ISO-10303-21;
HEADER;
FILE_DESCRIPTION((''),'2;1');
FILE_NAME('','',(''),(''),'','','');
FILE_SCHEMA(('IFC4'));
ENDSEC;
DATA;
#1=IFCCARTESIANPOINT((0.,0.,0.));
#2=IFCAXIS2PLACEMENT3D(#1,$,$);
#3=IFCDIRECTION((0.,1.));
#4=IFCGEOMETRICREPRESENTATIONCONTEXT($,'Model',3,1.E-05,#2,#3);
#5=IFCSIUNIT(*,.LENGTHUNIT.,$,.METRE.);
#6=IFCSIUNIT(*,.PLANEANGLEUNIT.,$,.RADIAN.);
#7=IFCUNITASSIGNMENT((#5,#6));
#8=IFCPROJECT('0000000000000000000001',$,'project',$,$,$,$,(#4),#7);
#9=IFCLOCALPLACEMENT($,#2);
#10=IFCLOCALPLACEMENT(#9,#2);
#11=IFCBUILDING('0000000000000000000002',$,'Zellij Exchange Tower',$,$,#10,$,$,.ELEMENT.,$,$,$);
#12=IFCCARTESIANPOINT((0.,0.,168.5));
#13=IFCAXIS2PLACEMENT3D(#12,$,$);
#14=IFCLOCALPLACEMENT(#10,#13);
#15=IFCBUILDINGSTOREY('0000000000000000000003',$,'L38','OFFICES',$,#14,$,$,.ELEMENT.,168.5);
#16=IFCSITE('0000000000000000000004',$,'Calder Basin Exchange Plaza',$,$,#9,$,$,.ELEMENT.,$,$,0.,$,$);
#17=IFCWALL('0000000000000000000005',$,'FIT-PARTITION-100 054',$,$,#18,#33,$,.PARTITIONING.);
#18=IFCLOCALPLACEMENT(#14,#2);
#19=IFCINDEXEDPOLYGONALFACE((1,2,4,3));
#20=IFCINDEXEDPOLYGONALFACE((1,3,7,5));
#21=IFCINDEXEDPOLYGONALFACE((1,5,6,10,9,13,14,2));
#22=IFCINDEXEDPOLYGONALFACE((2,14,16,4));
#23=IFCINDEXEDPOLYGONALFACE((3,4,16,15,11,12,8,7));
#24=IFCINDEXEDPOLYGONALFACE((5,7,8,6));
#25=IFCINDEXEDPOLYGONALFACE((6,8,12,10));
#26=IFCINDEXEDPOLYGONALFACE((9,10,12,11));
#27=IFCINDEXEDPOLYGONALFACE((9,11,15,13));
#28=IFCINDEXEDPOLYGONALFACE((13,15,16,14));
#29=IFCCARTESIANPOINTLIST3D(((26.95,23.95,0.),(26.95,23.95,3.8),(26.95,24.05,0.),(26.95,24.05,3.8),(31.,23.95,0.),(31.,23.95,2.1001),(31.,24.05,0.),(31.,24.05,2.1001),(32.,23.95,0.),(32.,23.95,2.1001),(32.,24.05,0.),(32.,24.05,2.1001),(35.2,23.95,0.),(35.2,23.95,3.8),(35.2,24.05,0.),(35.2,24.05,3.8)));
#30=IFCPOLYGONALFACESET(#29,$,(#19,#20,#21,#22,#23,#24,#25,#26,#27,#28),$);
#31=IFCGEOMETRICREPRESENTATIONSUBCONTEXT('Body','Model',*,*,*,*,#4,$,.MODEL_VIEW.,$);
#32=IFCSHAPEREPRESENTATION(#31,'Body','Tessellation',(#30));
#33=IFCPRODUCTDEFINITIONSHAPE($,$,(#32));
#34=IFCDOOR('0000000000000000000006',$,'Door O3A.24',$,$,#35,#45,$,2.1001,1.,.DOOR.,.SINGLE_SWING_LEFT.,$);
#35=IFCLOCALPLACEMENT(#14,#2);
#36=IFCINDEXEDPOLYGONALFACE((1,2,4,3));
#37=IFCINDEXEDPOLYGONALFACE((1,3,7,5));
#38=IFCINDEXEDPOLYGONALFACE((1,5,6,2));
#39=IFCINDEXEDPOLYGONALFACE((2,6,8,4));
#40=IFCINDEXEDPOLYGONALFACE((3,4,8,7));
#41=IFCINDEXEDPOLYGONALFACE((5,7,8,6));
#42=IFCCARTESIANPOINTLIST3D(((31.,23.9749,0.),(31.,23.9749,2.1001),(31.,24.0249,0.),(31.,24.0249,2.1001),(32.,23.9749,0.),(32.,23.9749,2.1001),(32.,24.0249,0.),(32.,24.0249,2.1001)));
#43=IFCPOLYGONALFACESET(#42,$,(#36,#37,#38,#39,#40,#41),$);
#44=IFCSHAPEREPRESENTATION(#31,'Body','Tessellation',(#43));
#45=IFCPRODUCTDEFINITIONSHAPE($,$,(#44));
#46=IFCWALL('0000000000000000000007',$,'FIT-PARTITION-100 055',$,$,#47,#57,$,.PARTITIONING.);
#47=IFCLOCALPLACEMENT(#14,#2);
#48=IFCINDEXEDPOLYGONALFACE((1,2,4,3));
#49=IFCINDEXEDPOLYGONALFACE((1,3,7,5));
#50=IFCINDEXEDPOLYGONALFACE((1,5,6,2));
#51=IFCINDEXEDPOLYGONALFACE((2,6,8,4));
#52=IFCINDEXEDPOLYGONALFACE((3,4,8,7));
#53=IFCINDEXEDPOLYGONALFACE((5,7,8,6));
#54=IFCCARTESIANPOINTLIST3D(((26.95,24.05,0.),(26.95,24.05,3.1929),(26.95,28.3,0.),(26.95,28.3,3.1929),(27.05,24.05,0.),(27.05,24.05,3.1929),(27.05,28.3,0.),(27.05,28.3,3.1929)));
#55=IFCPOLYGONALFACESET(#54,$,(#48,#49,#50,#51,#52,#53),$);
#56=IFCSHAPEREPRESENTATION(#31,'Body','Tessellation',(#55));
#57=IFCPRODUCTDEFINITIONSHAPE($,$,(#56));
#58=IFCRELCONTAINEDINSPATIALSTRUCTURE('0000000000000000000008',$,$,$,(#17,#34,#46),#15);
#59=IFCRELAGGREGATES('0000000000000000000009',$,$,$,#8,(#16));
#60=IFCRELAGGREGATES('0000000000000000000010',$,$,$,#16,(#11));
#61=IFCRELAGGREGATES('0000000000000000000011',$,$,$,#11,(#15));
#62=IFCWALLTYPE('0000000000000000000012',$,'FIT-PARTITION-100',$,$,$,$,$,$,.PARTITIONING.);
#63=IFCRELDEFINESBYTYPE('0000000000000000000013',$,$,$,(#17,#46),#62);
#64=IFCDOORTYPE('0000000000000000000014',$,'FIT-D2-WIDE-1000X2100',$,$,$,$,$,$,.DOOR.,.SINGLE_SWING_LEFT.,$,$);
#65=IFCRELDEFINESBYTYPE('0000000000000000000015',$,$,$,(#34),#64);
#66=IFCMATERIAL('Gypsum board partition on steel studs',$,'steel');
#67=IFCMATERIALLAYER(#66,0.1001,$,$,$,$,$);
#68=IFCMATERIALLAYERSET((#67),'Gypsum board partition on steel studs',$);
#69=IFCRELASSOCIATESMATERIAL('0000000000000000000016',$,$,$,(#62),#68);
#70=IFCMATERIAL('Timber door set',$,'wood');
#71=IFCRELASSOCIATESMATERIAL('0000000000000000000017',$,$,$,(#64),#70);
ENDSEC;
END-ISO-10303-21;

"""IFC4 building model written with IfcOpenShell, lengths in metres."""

from ifc_helpers import new_model, si_unit, direction, frame, frame_2d, origin, place, context, subcontext, project, spatial, rectangle, extrude, material, layer, layer_set, type_object, element, fill, save


model = new_model("IFC4")

# Units and contexts
model_context = context("Model", 3, precision=1e-05, world=origin(), true_north=direction((0.0, 1.0)))
body_context = subcontext(model_context, "Body", "Model", "MODEL_VIEW")
ifc_project = project(units=[si_unit("LENGTHUNIT", "METRE"), si_unit("PLANEANGLEUNIT", "RADIAN")], contexts=[model_context])

# Site, building, storey
site_placement = place(None, origin())
site = spatial("IfcSite", under=ifc_project, at=site_placement, Name="Calder Basin Exchange Plaza", CompositionType="ELEMENT", RefElevation=0.0)
building_placement = place(site_placement, origin())
building = spatial("IfcBuilding", under=site, at=building_placement, Name="Zellij Exchange Tower", CompositionType="ELEMENT")
storey_placement = place(building_placement, frame((0.0, 0.0, 168.5)))
storey = spatial("IfcBuildingStorey", under=building, at=storey_placement, Name="L38", Description="OFFICES", CompositionType="ELEMENT", Elevation=168.5)

# Shared definitions
ifc_material_1 = material(Name="Gypsum board partition on steel studs", Category="steel")
ifc_layer = layer(ifc_material_1, 0.1001)
ifc_layer_set = layer_set([ifc_layer], Name="Gypsum board partition on steel studs")
wall_type = type_object("IfcWallType", Name="FIT-PARTITION-100", PredefinedType="PARTITIONING", material=ifc_layer_set)

# Wall, opening, door
wall_1_placement = place(storey_placement, frame((26.95, 24.0, 0.0), z_axis=(0.0, 0.0, 1.0), x_axis=(1.0, 0.0, 0.0)))
wall_1 = element("IfcWall", 1, at=wall_1_placement, inside=storey, type_object=wall_type, Name="FIT-PARTITION-100 054", PredefinedType="PARTITIONING", context=body_context, shape_type="SweptSolid", body=[
    extrude(rectangle(XDim=8.25, YDim=0.1001, at=frame_2d((4.125, 0.0))), origin(), (0.0, 0.0, 1.0), 3.8),
])
opening_placement = place(wall_1_placement, frame((4.05, 0.0, 0.0)))
opening = element("IfcOpeningElement", 2, at=opening_placement, cuts=wall_1, PredefinedType="OPENING", context=body_context, shape_type="SweptSolid", body=[
    extrude(rectangle(XDim=1.0, YDim=2.1001, at=frame_2d((0.5, 1.05))), frame((0.0, 0.062, 0.0), z_axis=(0.0, -1.0, 0.0), x_axis=(1.0, 0.0, 0.0)), (0.0, 0.0, 1.0), 0.124),
])
ifc_material_2 = material(Name="Timber door set", Category="wood")
door_type = type_object("IfcDoorType", Name="FIT-D2-WIDE-1000X2100", OperationType="SINGLE_SWING_LEFT", PredefinedType="DOOR", material=ifc_material_2)
door_placement = place(opening_placement, origin())
door = element("IfcDoor", 3, at=door_placement, inside=storey, type_object=door_type, Name="Door O3A.24", OperationType="SINGLE_SWING_LEFT", OverallHeight=2.1001, OverallWidth=1.0, PredefinedType="DOOR", context=body_context, shape_type="SweptSolid", body=[
    extrude(rectangle(XDim=1.0, YDim=2.1001, at=frame_2d((0.5, 1.05))), frame((0.0, 0.0249, 0.0), z_axis=(0.0, -1.0, 0.0), x_axis=(1.0, 0.0, 0.0)), (0.0, 0.0, 1.0), 0.05),
])
fill(opening, door)

# Wall
wall_2_placement = place(storey_placement, frame((27.0, 24.05, 0.0), z_axis=(0.0, 0.0, 1.0), x_axis=(0.0, 1.0, 0.0)))
element("IfcWall", 4, at=wall_2_placement, inside=storey, type_object=wall_type, Name="FIT-PARTITION-100 055", PredefinedType="PARTITIONING", context=body_context, shape_type="SweptSolid", body=[
    extrude(rectangle(XDim=4.25, YDim=0.1001, at=frame_2d((2.125, 0.0))), origin(), (0.0, 0.0, 1.0), 3.1929),
])

save(model, "model.ifc")
